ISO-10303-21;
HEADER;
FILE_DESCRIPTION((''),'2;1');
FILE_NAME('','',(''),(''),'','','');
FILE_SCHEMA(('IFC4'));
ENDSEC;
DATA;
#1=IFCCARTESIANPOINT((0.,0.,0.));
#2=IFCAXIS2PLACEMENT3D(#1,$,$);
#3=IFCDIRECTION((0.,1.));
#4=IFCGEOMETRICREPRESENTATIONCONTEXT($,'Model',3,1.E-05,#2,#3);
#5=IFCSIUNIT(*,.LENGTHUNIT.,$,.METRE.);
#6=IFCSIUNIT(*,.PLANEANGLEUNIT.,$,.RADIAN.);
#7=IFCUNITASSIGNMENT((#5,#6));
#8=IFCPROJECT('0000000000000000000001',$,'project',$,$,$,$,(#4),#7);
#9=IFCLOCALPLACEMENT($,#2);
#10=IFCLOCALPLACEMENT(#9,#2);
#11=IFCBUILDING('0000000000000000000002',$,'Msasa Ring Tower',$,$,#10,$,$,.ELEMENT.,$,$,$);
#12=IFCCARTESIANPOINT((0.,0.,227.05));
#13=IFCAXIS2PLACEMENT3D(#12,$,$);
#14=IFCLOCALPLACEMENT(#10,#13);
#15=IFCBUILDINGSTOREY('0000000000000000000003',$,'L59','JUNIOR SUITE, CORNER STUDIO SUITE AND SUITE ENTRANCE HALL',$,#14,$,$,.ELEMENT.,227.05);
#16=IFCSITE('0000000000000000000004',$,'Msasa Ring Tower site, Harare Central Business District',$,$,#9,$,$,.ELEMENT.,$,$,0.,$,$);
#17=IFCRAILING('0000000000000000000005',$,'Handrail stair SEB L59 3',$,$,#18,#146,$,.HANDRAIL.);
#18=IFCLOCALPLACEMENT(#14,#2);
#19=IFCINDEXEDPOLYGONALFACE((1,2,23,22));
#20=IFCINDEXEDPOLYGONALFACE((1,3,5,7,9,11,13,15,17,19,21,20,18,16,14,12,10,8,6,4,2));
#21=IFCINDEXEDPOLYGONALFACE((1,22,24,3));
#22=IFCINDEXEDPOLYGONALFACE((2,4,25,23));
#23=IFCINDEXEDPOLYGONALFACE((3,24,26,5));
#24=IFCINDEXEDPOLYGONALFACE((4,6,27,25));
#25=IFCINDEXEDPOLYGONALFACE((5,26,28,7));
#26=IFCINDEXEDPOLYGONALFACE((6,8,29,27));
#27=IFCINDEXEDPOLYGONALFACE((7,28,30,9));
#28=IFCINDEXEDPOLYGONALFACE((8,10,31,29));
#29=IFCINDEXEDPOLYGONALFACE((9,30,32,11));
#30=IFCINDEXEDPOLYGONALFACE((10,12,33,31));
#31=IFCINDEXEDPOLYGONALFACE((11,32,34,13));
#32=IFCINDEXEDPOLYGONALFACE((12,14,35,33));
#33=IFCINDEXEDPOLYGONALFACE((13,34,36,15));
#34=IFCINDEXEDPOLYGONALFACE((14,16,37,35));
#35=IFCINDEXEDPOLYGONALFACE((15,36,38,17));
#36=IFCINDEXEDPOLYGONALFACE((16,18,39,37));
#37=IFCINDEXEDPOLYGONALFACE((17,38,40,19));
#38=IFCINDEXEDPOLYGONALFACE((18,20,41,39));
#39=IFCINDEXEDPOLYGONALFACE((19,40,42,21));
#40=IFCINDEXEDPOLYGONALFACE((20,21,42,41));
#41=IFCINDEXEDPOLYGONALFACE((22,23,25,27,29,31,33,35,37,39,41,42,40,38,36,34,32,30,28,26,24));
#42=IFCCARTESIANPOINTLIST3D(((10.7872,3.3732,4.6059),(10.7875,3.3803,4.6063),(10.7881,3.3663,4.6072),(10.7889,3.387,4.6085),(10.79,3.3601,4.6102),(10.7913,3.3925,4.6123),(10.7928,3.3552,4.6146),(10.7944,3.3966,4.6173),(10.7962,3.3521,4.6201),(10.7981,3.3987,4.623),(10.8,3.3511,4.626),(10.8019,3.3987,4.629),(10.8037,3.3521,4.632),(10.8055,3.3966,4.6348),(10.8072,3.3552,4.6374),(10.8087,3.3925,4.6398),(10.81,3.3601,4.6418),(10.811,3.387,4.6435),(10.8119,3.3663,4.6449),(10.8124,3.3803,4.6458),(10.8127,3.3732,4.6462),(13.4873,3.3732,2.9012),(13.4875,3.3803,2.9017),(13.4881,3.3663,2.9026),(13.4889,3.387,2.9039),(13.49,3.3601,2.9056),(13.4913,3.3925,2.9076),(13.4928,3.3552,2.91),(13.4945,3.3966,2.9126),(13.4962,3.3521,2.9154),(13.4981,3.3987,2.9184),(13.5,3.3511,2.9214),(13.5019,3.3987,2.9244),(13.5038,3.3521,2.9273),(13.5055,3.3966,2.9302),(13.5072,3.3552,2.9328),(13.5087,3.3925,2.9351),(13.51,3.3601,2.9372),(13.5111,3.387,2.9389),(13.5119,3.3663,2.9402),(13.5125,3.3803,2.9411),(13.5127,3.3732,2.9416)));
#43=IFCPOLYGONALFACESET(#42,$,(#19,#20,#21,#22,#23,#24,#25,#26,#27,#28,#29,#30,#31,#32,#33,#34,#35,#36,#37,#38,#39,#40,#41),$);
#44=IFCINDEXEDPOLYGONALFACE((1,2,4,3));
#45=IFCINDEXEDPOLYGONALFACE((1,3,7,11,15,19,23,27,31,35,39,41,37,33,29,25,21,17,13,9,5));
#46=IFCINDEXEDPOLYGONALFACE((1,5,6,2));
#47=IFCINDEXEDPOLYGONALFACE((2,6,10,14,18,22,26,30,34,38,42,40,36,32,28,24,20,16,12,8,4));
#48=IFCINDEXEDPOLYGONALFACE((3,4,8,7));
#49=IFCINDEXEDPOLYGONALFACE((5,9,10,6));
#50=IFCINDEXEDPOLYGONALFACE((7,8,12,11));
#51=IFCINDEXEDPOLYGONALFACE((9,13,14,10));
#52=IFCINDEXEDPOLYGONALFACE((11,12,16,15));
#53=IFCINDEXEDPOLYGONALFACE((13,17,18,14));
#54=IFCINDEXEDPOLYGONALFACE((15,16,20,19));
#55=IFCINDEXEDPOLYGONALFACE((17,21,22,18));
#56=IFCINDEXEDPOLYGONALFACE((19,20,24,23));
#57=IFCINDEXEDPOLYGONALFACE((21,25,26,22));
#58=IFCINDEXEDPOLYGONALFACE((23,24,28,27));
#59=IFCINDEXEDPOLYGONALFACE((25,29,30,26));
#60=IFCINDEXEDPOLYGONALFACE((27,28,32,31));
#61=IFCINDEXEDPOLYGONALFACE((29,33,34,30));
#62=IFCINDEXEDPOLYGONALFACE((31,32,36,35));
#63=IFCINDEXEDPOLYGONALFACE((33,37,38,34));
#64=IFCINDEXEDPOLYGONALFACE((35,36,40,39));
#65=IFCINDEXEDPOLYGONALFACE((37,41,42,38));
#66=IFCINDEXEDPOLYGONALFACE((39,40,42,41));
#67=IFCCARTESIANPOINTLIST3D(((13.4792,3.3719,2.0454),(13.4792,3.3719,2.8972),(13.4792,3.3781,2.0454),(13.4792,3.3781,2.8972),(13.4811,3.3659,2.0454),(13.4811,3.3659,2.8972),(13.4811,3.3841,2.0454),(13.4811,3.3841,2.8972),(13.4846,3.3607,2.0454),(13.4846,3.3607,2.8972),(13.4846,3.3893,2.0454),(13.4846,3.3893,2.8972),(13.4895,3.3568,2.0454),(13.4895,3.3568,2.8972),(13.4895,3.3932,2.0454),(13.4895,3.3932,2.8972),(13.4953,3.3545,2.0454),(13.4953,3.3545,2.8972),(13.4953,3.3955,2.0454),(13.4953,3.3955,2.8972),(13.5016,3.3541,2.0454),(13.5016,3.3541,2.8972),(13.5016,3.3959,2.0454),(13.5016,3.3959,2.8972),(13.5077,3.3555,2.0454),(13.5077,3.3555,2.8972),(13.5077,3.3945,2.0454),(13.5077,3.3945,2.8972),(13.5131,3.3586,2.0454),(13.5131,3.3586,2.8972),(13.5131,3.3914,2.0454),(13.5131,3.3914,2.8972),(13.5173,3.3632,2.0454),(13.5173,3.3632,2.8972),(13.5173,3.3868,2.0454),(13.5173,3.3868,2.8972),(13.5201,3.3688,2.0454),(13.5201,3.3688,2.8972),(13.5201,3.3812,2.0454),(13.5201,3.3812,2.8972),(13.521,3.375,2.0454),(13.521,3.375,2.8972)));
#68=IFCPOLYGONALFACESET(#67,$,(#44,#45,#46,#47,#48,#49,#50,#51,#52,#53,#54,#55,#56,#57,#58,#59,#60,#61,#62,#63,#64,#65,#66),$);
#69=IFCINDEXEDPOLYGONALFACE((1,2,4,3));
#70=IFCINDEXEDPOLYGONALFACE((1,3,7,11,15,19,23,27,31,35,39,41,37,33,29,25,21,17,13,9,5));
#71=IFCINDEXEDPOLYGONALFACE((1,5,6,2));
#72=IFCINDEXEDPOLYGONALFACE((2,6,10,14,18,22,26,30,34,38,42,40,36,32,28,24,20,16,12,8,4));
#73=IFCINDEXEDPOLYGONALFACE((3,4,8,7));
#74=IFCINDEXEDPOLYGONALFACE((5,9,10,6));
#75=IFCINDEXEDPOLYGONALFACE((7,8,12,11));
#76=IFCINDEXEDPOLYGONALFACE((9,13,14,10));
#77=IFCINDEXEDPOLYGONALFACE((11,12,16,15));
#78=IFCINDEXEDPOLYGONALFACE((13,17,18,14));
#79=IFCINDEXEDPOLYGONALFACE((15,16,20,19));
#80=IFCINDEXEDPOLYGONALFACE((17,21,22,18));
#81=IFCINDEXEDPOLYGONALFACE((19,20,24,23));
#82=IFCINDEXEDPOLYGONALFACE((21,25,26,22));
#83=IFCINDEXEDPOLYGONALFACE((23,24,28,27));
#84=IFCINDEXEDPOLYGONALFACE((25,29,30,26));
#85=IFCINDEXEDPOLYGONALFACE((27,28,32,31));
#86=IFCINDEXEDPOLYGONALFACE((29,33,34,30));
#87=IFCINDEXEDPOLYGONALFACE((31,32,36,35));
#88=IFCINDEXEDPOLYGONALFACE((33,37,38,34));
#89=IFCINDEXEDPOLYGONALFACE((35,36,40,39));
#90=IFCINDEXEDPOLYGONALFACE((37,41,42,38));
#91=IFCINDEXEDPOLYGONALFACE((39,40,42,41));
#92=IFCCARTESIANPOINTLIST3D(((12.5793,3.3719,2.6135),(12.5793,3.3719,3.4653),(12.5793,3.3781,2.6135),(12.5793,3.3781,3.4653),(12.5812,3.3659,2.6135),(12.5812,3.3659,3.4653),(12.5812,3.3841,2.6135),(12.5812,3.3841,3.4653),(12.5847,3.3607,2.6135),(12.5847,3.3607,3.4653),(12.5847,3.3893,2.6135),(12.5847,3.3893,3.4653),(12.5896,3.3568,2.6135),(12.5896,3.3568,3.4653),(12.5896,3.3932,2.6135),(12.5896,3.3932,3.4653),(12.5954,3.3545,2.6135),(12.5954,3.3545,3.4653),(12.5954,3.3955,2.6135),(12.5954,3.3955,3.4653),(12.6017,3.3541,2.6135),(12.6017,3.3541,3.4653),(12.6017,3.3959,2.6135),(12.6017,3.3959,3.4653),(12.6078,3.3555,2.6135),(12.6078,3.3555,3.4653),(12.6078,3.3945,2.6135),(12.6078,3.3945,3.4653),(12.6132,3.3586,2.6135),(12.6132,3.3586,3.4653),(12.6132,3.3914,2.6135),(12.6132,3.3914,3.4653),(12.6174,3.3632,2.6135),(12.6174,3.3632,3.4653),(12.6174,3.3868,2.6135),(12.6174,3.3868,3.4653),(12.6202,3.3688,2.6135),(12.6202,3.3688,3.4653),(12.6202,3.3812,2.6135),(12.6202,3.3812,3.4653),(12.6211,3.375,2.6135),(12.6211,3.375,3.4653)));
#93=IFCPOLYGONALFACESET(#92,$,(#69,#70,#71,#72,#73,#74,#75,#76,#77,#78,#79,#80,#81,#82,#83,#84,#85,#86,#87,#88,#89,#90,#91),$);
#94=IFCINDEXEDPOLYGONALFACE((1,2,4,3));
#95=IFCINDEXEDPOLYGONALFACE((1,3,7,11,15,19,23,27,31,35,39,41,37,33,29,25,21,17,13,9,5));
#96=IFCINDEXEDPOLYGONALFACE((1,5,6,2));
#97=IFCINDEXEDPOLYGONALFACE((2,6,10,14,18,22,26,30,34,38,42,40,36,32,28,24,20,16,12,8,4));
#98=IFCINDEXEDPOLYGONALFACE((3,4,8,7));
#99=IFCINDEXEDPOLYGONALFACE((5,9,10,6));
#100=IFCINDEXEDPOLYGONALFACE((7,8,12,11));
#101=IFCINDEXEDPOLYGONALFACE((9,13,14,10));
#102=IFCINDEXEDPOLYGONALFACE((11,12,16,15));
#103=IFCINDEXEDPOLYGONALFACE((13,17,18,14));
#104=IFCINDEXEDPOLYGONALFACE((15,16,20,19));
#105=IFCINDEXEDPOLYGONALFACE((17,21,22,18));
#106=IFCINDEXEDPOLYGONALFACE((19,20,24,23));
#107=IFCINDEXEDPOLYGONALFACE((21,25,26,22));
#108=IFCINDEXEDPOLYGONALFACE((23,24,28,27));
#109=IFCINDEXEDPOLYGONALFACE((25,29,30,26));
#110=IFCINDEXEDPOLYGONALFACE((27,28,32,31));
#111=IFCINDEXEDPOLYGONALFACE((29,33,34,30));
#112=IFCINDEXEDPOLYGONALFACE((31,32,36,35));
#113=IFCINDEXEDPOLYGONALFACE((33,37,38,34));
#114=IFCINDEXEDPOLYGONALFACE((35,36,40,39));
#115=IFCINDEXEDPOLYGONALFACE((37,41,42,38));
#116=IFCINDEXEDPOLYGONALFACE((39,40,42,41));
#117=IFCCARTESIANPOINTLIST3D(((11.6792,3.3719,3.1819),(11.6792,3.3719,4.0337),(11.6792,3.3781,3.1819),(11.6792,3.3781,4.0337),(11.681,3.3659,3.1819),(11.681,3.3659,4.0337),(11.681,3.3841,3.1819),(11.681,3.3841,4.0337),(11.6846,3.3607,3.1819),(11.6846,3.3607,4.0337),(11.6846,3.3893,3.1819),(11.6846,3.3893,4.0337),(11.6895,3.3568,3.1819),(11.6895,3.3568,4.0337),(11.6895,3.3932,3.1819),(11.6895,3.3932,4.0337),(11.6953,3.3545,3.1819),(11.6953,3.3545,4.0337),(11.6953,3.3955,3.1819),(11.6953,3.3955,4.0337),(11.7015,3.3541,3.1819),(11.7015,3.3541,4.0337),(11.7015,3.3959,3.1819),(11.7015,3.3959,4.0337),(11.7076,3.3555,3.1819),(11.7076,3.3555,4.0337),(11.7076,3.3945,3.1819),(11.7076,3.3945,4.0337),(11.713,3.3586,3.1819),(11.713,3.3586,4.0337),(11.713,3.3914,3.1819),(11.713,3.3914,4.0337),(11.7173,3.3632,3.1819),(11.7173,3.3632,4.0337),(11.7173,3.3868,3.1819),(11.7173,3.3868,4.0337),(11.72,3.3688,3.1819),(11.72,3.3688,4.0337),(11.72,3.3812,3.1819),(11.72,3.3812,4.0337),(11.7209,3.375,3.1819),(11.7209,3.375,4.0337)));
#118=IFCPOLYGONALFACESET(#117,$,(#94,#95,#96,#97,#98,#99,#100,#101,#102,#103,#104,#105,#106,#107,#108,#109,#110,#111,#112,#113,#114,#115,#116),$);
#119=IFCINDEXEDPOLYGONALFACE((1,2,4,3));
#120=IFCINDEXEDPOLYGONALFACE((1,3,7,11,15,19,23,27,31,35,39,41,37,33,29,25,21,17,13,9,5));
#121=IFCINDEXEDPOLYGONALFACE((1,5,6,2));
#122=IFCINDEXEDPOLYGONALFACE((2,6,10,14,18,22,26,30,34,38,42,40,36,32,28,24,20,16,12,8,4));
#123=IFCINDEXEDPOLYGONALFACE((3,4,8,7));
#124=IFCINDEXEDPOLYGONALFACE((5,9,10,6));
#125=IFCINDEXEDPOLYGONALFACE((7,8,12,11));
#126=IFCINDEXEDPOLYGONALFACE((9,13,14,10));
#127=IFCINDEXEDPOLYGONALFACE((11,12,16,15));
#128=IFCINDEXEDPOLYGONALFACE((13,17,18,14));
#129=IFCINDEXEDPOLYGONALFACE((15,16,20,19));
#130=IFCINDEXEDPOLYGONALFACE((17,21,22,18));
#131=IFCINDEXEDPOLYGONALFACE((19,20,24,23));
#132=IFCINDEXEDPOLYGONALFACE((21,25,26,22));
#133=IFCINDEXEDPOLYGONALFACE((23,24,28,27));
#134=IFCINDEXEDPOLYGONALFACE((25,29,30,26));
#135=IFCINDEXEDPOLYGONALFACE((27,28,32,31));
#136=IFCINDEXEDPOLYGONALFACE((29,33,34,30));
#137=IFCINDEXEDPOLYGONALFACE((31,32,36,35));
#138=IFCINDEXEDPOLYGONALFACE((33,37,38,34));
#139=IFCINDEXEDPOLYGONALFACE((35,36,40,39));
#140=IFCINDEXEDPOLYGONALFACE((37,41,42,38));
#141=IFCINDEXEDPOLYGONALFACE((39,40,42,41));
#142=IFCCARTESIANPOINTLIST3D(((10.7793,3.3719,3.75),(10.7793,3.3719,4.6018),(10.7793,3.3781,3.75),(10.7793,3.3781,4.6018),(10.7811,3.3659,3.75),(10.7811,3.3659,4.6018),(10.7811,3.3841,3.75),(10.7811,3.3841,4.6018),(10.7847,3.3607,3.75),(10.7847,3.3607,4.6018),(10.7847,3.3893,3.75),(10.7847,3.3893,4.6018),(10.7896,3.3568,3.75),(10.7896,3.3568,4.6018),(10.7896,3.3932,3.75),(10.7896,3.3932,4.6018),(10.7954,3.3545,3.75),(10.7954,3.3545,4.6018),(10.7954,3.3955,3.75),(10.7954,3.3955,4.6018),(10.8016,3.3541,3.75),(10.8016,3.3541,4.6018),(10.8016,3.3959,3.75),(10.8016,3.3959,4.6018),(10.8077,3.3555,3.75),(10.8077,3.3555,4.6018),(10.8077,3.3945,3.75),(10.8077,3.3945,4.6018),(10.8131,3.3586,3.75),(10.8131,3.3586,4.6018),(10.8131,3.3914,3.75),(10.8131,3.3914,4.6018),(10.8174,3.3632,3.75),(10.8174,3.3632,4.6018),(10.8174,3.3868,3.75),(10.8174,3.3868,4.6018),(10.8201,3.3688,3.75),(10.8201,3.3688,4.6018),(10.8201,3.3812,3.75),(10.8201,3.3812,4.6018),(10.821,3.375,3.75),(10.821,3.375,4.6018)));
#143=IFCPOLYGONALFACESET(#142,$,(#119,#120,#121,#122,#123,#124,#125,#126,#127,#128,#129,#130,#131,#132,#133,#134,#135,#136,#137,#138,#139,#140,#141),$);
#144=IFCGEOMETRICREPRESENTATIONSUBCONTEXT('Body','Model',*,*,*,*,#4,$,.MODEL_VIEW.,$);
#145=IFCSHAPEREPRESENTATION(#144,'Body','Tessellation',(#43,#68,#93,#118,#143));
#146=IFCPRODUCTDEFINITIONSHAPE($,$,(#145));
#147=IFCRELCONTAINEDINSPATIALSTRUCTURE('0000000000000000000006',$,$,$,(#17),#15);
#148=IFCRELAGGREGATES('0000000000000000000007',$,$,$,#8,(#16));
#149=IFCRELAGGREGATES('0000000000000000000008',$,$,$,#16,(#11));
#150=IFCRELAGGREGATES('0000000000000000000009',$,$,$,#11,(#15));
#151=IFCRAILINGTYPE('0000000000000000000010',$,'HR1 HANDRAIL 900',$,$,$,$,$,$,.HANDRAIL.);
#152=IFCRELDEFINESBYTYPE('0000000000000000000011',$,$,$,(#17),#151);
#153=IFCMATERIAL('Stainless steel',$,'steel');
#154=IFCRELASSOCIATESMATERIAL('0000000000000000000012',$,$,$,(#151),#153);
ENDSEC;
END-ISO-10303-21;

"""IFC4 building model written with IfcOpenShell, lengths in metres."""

from ifc_helpers import new_model, si_unit, direction, frame, origin, origin_2d, place, context, subcontext, project, spatial, circle, extrude, material, type_object, element, save


model = new_model("IFC4")

# Units and contexts
model_context = context("Model", 3, precision=1e-05, world=origin(), true_north=direction((0.0, 1.0)))
body_context = subcontext(model_context, "Body", "Model", "MODEL_VIEW")
ifc_project = project(units=[si_unit("LENGTHUNIT", "METRE"), si_unit("PLANEANGLEUNIT", "RADIAN")], contexts=[model_context])

# Site, building, storey
site_placement = place(None, origin())
site = spatial("IfcSite", under=ifc_project, at=site_placement, Name="Msasa Ring Tower site, Harare Central Business District", CompositionType="ELEMENT", RefElevation=0.0)
building_placement = place(site_placement, origin())
building = spatial("IfcBuilding", under=site, at=building_placement, Name="Msasa Ring Tower", CompositionType="ELEMENT")
storey_placement = place(building_placement, frame((0.0, 0.0, 227.05)))
storey = spatial("IfcBuildingStorey", under=building, at=storey_placement, Name="L59", Description="JUNIOR SUITE, CORNER STUDIO SUITE AND SUITE ENTRANCE HALL", CompositionType="ELEMENT", Elevation=227.05)

# Railing
ifc_material_1 = material(Name="Stainless steel", Category="steel")
railing_type = type_object("IfcRailingType", Name="HR1 HANDRAIL 900", PredefinedType="HANDRAIL", material=ifc_material_1)
for number, where, name in (
    (1, (13.5, 3.375, 2.0454), "Handrail stair SEB L59 3"),
):
    element("IfcRailing", number, at=place(storey_placement, frame(where)), inside=storey, type_object=railing_type, Name=name, PredefinedType="HANDRAIL", context=body_context, shape_type="SweptSolid", body=[
        extrude(circle(Radius=0.0239, at=origin_2d()), frame((0.0, 0.0, 0.876), z_axis=(-0.84558, 0.0, 0.533849), x_axis=(0.0, -1.0, 0.0)), (0.0, 0.0, 1.0), 3.1931),
        extrude(circle(Radius=0.021, at=origin_2d()), origin(), (0.0, 0.0, 1.0), 0.8518),
        extrude(circle(Radius=0.021, at=origin_2d()), frame((-0.8999, 0.0, 0.5681)), (0.0, 0.0, 1.0), 0.8518),
        extrude(circle(Radius=0.021, at=origin_2d()), frame((-1.8, 0.0, 1.1365)), (0.0, 0.0, 1.0), 0.8518),
        extrude(circle(Radius=0.021, at=origin_2d()), frame((-2.7, 0.0, 1.7046)), (0.0, 0.0, 1.0), 0.8518),
    ])

save(model, "model.ifc")
